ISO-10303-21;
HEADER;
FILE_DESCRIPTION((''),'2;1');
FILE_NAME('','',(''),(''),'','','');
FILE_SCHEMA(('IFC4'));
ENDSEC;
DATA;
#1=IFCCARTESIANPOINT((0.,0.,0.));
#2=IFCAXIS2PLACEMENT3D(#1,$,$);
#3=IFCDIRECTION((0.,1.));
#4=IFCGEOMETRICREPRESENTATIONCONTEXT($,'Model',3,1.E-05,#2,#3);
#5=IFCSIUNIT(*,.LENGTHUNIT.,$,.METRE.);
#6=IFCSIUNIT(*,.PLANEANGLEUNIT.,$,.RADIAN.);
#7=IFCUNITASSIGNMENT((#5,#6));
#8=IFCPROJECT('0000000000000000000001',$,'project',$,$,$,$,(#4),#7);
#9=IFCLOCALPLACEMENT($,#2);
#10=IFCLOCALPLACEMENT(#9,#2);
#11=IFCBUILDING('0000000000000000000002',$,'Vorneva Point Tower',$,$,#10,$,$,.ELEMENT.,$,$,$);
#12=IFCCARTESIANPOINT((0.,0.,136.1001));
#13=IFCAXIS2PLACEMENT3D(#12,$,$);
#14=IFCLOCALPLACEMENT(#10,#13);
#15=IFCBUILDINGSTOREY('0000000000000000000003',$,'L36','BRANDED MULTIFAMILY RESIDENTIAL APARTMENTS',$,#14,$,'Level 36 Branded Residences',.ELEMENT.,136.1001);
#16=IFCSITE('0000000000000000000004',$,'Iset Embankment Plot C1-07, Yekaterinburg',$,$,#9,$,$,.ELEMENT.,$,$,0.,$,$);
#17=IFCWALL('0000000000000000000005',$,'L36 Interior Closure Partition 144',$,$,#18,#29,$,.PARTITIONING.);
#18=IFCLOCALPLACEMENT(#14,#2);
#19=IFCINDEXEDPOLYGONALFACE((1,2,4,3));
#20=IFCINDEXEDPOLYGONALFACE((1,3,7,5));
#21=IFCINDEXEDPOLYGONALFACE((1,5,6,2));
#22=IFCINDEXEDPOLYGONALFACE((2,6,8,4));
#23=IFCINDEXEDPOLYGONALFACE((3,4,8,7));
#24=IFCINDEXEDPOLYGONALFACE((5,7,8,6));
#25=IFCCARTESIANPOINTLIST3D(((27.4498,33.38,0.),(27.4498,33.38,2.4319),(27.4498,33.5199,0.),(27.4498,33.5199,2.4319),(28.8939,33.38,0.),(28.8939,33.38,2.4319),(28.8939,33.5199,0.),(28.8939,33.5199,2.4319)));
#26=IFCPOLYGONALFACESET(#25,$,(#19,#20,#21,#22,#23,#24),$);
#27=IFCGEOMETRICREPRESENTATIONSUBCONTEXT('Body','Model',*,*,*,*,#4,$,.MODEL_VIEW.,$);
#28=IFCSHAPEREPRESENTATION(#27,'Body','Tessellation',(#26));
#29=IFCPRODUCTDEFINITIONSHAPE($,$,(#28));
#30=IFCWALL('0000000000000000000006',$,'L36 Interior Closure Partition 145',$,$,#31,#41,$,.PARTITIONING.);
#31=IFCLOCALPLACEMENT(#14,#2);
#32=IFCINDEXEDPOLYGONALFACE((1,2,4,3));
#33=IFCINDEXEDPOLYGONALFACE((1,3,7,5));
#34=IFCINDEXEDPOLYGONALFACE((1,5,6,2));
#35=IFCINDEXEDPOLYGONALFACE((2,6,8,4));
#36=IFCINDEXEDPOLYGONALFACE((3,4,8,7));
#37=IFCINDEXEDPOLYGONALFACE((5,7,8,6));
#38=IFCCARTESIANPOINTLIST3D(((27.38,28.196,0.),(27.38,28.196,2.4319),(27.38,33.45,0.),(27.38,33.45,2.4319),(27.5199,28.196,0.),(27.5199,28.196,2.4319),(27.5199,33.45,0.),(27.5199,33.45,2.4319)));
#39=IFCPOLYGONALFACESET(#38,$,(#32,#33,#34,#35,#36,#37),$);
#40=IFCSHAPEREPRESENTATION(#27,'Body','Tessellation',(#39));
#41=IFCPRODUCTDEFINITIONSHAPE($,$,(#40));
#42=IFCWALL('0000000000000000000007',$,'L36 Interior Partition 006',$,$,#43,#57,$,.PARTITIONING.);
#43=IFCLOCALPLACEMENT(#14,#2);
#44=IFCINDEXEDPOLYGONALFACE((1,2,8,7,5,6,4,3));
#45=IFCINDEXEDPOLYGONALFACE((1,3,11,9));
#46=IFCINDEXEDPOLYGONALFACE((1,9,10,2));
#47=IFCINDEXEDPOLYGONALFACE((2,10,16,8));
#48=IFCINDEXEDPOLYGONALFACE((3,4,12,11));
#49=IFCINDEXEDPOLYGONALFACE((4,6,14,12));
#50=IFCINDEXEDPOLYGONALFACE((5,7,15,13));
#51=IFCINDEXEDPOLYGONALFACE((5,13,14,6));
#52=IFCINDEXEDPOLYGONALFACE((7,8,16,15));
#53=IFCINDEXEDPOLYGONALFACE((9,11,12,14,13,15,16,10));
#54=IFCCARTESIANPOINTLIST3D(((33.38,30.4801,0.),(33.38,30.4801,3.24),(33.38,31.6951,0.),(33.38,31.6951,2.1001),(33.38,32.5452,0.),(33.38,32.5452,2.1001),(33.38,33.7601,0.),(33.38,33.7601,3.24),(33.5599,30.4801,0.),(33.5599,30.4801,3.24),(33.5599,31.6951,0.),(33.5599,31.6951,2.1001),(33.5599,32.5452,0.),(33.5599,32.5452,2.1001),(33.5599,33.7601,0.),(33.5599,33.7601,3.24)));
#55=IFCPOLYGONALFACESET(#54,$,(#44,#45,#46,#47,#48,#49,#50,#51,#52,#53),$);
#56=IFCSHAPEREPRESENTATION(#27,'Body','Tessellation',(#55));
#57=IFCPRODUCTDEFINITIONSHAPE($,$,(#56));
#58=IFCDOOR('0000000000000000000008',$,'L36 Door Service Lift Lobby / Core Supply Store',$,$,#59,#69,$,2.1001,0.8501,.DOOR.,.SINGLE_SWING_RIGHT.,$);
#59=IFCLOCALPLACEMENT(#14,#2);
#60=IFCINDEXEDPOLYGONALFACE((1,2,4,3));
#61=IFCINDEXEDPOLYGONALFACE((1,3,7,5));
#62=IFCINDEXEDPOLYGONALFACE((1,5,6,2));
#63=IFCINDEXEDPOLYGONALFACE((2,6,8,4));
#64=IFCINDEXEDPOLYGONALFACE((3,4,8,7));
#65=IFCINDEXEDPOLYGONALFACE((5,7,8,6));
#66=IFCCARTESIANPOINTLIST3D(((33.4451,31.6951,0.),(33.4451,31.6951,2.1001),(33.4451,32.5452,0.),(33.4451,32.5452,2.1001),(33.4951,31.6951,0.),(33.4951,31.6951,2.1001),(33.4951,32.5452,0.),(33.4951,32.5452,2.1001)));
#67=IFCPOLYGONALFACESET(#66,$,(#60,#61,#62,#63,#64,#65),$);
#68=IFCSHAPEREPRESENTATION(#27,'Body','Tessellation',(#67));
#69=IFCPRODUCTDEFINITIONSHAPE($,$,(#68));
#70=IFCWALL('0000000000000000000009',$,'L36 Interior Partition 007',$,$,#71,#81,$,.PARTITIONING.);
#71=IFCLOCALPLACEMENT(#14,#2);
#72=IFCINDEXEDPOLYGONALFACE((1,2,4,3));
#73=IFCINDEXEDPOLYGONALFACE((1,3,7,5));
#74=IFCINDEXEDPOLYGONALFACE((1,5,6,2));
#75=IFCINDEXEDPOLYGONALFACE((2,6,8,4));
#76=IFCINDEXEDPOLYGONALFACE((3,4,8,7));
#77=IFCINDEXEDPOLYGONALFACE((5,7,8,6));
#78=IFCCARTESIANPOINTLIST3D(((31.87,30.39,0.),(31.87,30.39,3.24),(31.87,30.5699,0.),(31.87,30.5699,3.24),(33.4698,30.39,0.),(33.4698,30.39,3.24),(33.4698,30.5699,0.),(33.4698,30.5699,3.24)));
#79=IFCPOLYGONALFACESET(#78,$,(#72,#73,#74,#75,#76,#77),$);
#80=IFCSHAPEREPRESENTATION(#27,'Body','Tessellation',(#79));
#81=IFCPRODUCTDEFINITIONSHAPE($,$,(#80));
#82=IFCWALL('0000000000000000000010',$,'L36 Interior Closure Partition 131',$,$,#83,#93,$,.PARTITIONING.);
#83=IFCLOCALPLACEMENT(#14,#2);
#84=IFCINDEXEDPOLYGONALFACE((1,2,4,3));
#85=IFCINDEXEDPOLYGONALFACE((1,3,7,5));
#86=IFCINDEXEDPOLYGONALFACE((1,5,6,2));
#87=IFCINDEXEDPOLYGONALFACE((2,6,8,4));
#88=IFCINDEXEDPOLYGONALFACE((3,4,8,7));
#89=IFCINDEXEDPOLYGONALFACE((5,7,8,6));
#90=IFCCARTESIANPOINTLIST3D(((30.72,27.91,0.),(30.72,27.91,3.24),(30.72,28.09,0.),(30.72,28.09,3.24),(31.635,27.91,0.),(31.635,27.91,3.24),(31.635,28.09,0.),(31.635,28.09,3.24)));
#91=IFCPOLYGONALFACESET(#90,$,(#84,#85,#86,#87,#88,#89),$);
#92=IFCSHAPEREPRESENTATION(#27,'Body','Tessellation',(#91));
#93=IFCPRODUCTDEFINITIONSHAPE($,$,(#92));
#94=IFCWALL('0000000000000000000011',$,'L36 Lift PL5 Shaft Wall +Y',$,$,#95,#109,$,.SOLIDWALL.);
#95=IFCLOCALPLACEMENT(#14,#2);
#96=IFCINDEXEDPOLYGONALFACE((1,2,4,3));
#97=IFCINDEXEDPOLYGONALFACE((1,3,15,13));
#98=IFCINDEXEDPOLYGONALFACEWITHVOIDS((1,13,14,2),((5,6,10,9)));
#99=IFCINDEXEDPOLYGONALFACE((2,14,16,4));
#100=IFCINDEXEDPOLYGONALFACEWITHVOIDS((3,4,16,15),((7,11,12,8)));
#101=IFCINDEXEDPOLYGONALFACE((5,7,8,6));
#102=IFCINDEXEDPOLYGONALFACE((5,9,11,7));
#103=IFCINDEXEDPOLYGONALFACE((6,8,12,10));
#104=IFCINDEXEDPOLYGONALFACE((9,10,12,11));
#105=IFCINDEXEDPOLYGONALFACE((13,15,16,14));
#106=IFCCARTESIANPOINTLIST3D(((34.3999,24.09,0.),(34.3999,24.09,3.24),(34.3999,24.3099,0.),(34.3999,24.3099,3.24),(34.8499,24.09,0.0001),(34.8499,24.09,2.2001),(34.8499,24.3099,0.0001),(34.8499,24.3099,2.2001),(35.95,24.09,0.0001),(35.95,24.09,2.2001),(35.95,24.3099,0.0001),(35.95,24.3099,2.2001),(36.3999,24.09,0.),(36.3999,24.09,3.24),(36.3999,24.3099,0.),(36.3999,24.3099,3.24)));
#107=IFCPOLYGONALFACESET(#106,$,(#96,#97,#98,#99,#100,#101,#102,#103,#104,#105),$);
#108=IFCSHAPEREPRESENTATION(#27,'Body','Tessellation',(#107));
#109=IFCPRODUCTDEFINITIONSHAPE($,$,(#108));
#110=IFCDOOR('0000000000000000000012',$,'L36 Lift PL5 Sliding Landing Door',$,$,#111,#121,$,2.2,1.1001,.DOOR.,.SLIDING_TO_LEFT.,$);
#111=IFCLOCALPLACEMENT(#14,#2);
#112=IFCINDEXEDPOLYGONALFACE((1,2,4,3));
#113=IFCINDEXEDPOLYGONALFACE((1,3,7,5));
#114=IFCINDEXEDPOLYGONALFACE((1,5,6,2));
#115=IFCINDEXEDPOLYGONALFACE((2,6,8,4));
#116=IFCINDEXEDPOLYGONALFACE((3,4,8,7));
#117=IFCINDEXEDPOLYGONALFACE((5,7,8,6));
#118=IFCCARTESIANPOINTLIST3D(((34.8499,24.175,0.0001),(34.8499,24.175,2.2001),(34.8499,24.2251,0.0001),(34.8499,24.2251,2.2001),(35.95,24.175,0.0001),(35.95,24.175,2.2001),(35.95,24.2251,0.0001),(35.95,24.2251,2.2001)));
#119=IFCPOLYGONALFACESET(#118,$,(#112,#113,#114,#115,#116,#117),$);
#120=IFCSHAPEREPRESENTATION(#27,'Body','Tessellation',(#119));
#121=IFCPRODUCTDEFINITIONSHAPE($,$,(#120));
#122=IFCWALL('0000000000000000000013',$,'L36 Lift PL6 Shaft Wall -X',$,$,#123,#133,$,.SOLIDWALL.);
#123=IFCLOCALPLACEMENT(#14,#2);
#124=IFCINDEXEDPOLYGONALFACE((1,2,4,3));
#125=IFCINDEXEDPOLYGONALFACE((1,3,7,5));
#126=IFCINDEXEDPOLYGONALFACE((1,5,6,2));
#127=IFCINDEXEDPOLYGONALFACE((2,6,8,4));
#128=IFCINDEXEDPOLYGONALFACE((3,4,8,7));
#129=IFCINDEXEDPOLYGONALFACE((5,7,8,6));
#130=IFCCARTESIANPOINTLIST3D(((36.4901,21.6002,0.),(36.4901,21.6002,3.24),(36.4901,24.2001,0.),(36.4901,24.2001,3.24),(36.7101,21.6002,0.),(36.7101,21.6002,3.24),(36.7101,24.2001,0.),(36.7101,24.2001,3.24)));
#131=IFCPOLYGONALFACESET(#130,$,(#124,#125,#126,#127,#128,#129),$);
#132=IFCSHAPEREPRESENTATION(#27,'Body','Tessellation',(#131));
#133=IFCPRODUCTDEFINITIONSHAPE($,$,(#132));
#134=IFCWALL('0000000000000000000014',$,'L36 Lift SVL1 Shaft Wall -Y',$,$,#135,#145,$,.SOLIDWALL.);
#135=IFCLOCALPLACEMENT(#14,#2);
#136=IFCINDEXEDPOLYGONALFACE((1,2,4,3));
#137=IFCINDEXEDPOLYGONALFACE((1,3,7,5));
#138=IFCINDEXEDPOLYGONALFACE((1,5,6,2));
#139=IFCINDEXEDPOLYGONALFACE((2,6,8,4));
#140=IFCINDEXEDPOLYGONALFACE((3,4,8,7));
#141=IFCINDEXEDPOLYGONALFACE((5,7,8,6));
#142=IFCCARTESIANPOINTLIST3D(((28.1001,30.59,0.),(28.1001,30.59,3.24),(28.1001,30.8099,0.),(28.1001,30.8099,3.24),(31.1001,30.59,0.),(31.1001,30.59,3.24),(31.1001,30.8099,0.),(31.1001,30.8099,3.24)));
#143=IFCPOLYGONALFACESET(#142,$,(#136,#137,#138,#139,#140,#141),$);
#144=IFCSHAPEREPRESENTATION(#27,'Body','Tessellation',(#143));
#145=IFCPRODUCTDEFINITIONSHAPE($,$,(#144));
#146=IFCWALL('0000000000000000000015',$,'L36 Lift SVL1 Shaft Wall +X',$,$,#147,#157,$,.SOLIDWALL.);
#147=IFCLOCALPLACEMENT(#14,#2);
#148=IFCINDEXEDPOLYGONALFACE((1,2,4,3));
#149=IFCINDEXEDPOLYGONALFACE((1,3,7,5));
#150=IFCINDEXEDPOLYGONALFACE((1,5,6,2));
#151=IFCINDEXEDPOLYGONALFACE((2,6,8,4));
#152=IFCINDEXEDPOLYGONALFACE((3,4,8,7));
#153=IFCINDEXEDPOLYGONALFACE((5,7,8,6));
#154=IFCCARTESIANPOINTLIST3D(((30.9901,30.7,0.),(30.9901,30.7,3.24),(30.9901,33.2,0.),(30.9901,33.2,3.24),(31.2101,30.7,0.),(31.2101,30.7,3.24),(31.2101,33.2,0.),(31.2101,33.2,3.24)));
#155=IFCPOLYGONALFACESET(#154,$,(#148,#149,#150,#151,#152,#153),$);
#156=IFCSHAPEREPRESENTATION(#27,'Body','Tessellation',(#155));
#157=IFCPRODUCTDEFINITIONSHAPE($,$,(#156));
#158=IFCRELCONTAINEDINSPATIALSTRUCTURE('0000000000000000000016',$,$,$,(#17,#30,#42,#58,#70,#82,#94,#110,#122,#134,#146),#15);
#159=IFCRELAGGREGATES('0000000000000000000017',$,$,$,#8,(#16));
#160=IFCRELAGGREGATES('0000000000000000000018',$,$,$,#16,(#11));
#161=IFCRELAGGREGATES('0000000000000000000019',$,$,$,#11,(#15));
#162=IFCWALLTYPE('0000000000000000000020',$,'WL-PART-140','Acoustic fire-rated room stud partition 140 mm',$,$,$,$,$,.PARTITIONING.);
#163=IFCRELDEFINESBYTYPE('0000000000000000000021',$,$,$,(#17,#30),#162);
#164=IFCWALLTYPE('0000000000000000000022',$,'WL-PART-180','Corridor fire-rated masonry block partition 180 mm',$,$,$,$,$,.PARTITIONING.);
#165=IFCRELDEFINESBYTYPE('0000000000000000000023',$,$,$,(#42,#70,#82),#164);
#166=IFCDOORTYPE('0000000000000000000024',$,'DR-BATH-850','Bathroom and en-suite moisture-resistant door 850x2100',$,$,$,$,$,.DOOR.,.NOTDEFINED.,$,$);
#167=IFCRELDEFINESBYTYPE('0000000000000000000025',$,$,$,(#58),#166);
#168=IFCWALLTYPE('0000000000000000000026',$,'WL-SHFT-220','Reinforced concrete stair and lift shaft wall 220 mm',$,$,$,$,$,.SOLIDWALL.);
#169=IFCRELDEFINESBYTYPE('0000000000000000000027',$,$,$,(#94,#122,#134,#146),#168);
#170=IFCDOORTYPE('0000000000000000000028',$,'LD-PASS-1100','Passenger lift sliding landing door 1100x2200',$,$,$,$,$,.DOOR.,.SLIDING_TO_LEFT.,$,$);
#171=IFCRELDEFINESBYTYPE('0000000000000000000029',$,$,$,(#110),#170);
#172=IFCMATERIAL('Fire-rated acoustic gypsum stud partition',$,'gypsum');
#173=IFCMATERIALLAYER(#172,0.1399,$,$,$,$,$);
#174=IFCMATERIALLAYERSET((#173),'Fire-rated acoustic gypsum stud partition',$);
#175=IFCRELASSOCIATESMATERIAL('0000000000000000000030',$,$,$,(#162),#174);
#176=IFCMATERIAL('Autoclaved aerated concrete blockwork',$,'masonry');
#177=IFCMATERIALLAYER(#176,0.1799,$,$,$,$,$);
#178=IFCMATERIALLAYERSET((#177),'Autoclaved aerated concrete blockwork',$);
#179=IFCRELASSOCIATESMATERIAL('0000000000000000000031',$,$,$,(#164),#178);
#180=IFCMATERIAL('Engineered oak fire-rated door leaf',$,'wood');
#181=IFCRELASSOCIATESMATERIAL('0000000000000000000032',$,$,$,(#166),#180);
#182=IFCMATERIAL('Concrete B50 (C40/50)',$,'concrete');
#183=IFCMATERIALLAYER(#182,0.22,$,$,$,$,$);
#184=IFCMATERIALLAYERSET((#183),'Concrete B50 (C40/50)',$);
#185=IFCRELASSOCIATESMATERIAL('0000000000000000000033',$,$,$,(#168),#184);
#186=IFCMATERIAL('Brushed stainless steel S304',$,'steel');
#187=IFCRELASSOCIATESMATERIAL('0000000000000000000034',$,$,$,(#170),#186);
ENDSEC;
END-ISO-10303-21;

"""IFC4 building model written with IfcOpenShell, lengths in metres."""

from ifc_helpers import new_model, si_unit, direction, frame, frame_2d, origin, place, context, subcontext, project, spatial, rectangle, extrude, material, layer, layer_set, type_object, element, fill, save


model = new_model("IFC4")

# Units and contexts
model_context = context("Model", 3, precision=1e-05, world=origin(), true_north=direction((0.0, 1.0)))
body_context = subcontext(model_context, "Body", "Model", "MODEL_VIEW")
ifc_project = project(units=[si_unit("LENGTHUNIT", "METRE"), si_unit("PLANEANGLEUNIT", "RADIAN")], contexts=[model_context])

# Site, building, storey
site_placement = place(None, origin())
site = spatial("IfcSite", under=ifc_project, at=site_placement, Name="Iset Embankment Plot C1-07, Yekaterinburg", CompositionType="ELEMENT", RefElevation=0.0)
building_placement = place(site_placement, origin())
building = spatial("IfcBuilding", under=site, at=building_placement, Name="Vorneva Point Tower", CompositionType="ELEMENT")
storey_placement = place(building_placement, frame((0.0, 0.0, 136.1001)))
storey = spatial("IfcBuildingStorey", under=building, at=storey_placement, Name="L36", Description="BRANDED MULTIFAMILY RESIDENTIAL APARTMENTS", LongName="Level 36 Branded Residences", CompositionType="ELEMENT", Elevation=136.1001)

# Shared definitions
ifc_material_1 = material(Name="Brushed stainless steel S304", Category="steel")

# Walls
ifc_material_2 = material(Name="Fire-rated acoustic gypsum stud partition", Category="gypsum")
ifc_layer_1 = layer(ifc_material_2, 0.1399)
ifc_layer_set_1 = layer_set([ifc_layer_1], Name="Fire-rated acoustic gypsum stud partition")
wall_type_1 = type_object("IfcWallType", Name="WL-PART-140", Description="Acoustic fire-rated room stud partition 140 mm", PredefinedType="PARTITIONING", material=ifc_layer_set_1)
wall_1_placement = place(storey_placement, frame((28.894, 33.45, 0.0), z_axis=(0.0, 0.0, 1.0), x_axis=(-1.0, 0.0, 0.0)))
element("IfcWall", 1, at=wall_1_placement, inside=storey, type_object=wall_type_1, Name="L36 Interior Closure Partition 144", PredefinedType="PARTITIONING", context=body_context, shape_type="SweptSolid", body=[
    extrude(rectangle(XDim=1.4441, YDim=0.1399, at=frame_2d((0.7222, 0.0))), origin(), (0.0, 0.0, 1.0), 2.4319),
])
wall_2_placement = place(storey_placement, frame((27.45, 33.45, 0.0), z_axis=(0.0, 0.0, 1.0), x_axis=(0.0, -1.0, 0.0)))
element("IfcWall", 2, at=wall_2_placement, inside=storey, type_object=wall_type_1, Name="L36 Interior Closure Partition 145", PredefinedType="PARTITIONING", context=body_context, shape_type="SweptSolid", body=[
    extrude(rectangle(XDim=5.2539, YDim=0.1399, at=frame_2d((2.627, 0.0))), origin(), (0.0, 0.0, 1.0), 2.4319),
])

# Wall, opening, door
ifc_material_3 = material(Name="Autoclaved aerated concrete blockwork", Category="masonry")
ifc_layer_2 = layer(ifc_material_3, 0.1799)
ifc_layer_set_2 = layer_set([ifc_layer_2], Name="Autoclaved aerated concrete blockwork")
wall_type_2 = type_object("IfcWallType", Name="WL-PART-180", Description="Corridor fire-rated masonry block partition 180 mm", PredefinedType="PARTITIONING", material=ifc_layer_set_2)
wall_3_placement = place(storey_placement, frame((33.47, 30.48, 0.0), z_axis=(0.0, 0.0, 1.0), x_axis=(0.0, 1.0, 0.0)))
wall_3 = element("IfcWall", 3, at=wall_3_placement, inside=storey, type_object=wall_type_2, Name="L36 Interior Partition 006", PredefinedType="PARTITIONING", context=body_context, shape_type="SweptSolid", body=[
    extrude(rectangle(XDim=3.28, YDim=0.1799, at=frame_2d((1.6401, 0.0))), origin(), (0.0, 0.0, 1.0), 3.24),
])
opening_1_placement = place(wall_3_placement, frame((1.2151, 0.0, 0.0)))
opening_1 = element("IfcOpeningElement", 4, at=opening_1_placement, cuts=wall_3, PredefinedType="OPENING", context=body_context, shape_type="SweptSolid", body=[
    extrude(rectangle(XDim=0.8501, YDim=2.1001, at=frame_2d((0.425, 1.05))), frame((0.0, 0.105, 0.0), z_axis=(0.0, -1.0, 0.0), x_axis=(1.0, 0.0, 0.0)), (0.0, 0.0, 1.0), 0.2097),
])
ifc_material_4 = material(Name="Engineered oak fire-rated door leaf", Category="wood")
door_type_1 = type_object("IfcDoorType", Name="DR-BATH-850", Description="Bathroom and en-suite moisture-resistant door 850x2100", OperationType="NOTDEFINED", PredefinedType="DOOR", material=ifc_material_4)
door_1_placement = place(opening_1_placement, origin())
door_1 = element("IfcDoor", 5, at=door_1_placement, inside=storey, type_object=door_type_1, Name="L36 Door Service Lift Lobby / Core Supply Store", OperationType="SINGLE_SWING_RIGHT", OverallHeight=2.1001, OverallWidth=0.8501, PredefinedType="DOOR", context=body_context, shape_type="SweptSolid", body=[
    extrude(rectangle(XDim=0.8501, YDim=2.1001, at=frame_2d((0.425, 1.05))), frame((0.0, 0.0249, 0.0), z_axis=(0.0, -1.0, 0.0), x_axis=(1.0, 0.0, 0.0)), (0.0, 0.0, 1.0), 0.05),
])
fill(opening_1, door_1)

# Walls
wall_4_placement = place(storey_placement, frame((31.8701, 30.48, 0.0), z_axis=(0.0, 0.0, 1.0), x_axis=(1.0, 0.0, 0.0)))
element("IfcWall", 6, at=wall_4_placement, inside=storey, type_object=wall_type_2, Name="L36 Interior Partition 007", PredefinedType="PARTITIONING", context=body_context, shape_type="SweptSolid", body=[
    extrude(rectangle(XDim=1.5999, YDim=0.1799, at=frame_2d((0.7998, 0.0))), origin(), (0.0, 0.0, 1.0), 3.24),
])
wall_5_placement = place(storey_placement, frame((31.635, 28.0, 0.0), z_axis=(0.0, 0.0, 1.0), x_axis=(-1.0, 0.0, 0.0)))
element("IfcWall", 7, at=wall_5_placement, inside=storey, type_object=wall_type_2, Name="L36 Interior Closure Partition 131", PredefinedType="PARTITIONING", context=body_context, shape_type="SweptSolid", body=[
    extrude(rectangle(XDim=0.915, YDim=0.1799, at=frame_2d((0.4575, 0.0))), origin(), (0.0, 0.0, 1.0), 3.24),
])

# Wall, opening, door
ifc_material_5 = material(Name="Concrete B50 (C40/50)", Category="concrete")
ifc_layer_3 = layer(ifc_material_5, 0.22)
ifc_layer_set_3 = layer_set([ifc_layer_3], Name="Concrete B50 (C40/50)")
wall_type_3 = type_object("IfcWallType", Name="WL-SHFT-220", Description="Reinforced concrete stair and lift shaft wall 220 mm", PredefinedType="SOLIDWALL", material=ifc_layer_set_3)
wall_6_placement = place(storey_placement, frame((36.3999, 24.2, 0.0), z_axis=(0.0, 0.0, 1.0), x_axis=(-1.0, 0.0, 0.0)))
wall_6 = element("IfcWall", 8, at=wall_6_placement, inside=storey, type_object=wall_type_3, Name="L36 Lift PL5 Shaft Wall +Y", PredefinedType="SOLIDWALL", context=body_context, shape_type="SweptSolid", body=[
    extrude(rectangle(XDim=2.0, YDim=0.22, at=frame_2d((1.0, 0.0))), origin(), (0.0, 0.0, 1.0), 3.24),
])
opening_2_placement = place(wall_6_placement, frame((0.45, 0.0, 0.0)))
opening_2 = element("IfcOpeningElement", 9, at=opening_2_placement, cuts=wall_6, PredefinedType="OPENING", context=body_context, shape_type="SweptSolid", body=[
    extrude(rectangle(XDim=1.1001, YDim=2.2, at=frame_2d((0.55, 1.1001))), frame((0.0, 0.125, 0.0), z_axis=(0.0, -1.0, 0.0), x_axis=(1.0, 0.0, 0.0)), (0.0, 0.0, 1.0), 0.2498),
])
door_type_2 = type_object("IfcDoorType", Name="LD-PASS-1100", Description="Passenger lift sliding landing door 1100x2200", OperationType="SLIDING_TO_LEFT", PredefinedType="DOOR", material=ifc_material_1)
door_2_placement = place(opening_2_placement, origin())
door_2 = element("IfcDoor", 10, at=door_2_placement, inside=storey, type_object=door_type_2, Name="L36 Lift PL5 Sliding Landing Door", OperationType="SLIDING_TO_LEFT", OverallHeight=2.2, OverallWidth=1.1001, PredefinedType="DOOR", context=body_context, shape_type="SweptSolid", body=[
    extrude(rectangle(XDim=1.1001, YDim=2.2, at=frame_2d((0.55, 1.1001))), frame((0.0, 0.0249, 0.0), z_axis=(0.0, -1.0, 0.0), x_axis=(1.0, 0.0, 0.0)), (0.0, 0.0, 1.0), 0.05),
])
fill(opening_2, door_2)

# Walls
wall_7_placement = place(storey_placement, frame((36.6001, 24.2, 0.0), z_axis=(0.0, 0.0, 1.0), x_axis=(0.0, -1.0, 0.0)))
element("IfcWall", 11, at=wall_7_placement, inside=storey, type_object=wall_type_3, Name="L36 Lift PL6 Shaft Wall -X", PredefinedType="SOLIDWALL", context=body_context, shape_type="SweptSolid", body=[
    extrude(rectangle(XDim=2.5999, YDim=0.22, at=frame_2d((1.2998, 0.0))), origin(), (0.0, 0.0, 1.0), 3.24),
])
wall_8_placement = place(storey_placement, frame((28.1001, 30.7, 0.0), z_axis=(0.0, 0.0, 1.0), x_axis=(1.0, 0.0, 0.0)))
element("IfcWall", 12, at=wall_8_placement, inside=storey, type_object=wall_type_3, Name="L36 Lift SVL1 Shaft Wall -Y", PredefinedType="SOLIDWALL", context=body_context, shape_type="SweptSolid", body=[
    extrude(rectangle(XDim=3.0, YDim=0.22, at=frame_2d((1.5, 0.0))), origin(), (0.0, 0.0, 1.0), 3.24),
])
wall_9_placement = place(storey_placement, frame((31.1001, 30.7, 0.0), z_axis=(0.0, 0.0, 1.0), x_axis=(0.0, 1.0, 0.0)))
element("IfcWall", 13, at=wall_9_placement, inside=storey, type_object=wall_type_3, Name="L36 Lift SVL1 Shaft Wall +X", PredefinedType="SOLIDWALL", context=body_context, shape_type="SweptSolid", body=[
    extrude(rectangle(XDim=2.5, YDim=0.22, at=frame_2d((1.25, 0.0))), origin(), (0.0, 0.0, 1.0), 3.24),
])

save(model, "model.ifc")
